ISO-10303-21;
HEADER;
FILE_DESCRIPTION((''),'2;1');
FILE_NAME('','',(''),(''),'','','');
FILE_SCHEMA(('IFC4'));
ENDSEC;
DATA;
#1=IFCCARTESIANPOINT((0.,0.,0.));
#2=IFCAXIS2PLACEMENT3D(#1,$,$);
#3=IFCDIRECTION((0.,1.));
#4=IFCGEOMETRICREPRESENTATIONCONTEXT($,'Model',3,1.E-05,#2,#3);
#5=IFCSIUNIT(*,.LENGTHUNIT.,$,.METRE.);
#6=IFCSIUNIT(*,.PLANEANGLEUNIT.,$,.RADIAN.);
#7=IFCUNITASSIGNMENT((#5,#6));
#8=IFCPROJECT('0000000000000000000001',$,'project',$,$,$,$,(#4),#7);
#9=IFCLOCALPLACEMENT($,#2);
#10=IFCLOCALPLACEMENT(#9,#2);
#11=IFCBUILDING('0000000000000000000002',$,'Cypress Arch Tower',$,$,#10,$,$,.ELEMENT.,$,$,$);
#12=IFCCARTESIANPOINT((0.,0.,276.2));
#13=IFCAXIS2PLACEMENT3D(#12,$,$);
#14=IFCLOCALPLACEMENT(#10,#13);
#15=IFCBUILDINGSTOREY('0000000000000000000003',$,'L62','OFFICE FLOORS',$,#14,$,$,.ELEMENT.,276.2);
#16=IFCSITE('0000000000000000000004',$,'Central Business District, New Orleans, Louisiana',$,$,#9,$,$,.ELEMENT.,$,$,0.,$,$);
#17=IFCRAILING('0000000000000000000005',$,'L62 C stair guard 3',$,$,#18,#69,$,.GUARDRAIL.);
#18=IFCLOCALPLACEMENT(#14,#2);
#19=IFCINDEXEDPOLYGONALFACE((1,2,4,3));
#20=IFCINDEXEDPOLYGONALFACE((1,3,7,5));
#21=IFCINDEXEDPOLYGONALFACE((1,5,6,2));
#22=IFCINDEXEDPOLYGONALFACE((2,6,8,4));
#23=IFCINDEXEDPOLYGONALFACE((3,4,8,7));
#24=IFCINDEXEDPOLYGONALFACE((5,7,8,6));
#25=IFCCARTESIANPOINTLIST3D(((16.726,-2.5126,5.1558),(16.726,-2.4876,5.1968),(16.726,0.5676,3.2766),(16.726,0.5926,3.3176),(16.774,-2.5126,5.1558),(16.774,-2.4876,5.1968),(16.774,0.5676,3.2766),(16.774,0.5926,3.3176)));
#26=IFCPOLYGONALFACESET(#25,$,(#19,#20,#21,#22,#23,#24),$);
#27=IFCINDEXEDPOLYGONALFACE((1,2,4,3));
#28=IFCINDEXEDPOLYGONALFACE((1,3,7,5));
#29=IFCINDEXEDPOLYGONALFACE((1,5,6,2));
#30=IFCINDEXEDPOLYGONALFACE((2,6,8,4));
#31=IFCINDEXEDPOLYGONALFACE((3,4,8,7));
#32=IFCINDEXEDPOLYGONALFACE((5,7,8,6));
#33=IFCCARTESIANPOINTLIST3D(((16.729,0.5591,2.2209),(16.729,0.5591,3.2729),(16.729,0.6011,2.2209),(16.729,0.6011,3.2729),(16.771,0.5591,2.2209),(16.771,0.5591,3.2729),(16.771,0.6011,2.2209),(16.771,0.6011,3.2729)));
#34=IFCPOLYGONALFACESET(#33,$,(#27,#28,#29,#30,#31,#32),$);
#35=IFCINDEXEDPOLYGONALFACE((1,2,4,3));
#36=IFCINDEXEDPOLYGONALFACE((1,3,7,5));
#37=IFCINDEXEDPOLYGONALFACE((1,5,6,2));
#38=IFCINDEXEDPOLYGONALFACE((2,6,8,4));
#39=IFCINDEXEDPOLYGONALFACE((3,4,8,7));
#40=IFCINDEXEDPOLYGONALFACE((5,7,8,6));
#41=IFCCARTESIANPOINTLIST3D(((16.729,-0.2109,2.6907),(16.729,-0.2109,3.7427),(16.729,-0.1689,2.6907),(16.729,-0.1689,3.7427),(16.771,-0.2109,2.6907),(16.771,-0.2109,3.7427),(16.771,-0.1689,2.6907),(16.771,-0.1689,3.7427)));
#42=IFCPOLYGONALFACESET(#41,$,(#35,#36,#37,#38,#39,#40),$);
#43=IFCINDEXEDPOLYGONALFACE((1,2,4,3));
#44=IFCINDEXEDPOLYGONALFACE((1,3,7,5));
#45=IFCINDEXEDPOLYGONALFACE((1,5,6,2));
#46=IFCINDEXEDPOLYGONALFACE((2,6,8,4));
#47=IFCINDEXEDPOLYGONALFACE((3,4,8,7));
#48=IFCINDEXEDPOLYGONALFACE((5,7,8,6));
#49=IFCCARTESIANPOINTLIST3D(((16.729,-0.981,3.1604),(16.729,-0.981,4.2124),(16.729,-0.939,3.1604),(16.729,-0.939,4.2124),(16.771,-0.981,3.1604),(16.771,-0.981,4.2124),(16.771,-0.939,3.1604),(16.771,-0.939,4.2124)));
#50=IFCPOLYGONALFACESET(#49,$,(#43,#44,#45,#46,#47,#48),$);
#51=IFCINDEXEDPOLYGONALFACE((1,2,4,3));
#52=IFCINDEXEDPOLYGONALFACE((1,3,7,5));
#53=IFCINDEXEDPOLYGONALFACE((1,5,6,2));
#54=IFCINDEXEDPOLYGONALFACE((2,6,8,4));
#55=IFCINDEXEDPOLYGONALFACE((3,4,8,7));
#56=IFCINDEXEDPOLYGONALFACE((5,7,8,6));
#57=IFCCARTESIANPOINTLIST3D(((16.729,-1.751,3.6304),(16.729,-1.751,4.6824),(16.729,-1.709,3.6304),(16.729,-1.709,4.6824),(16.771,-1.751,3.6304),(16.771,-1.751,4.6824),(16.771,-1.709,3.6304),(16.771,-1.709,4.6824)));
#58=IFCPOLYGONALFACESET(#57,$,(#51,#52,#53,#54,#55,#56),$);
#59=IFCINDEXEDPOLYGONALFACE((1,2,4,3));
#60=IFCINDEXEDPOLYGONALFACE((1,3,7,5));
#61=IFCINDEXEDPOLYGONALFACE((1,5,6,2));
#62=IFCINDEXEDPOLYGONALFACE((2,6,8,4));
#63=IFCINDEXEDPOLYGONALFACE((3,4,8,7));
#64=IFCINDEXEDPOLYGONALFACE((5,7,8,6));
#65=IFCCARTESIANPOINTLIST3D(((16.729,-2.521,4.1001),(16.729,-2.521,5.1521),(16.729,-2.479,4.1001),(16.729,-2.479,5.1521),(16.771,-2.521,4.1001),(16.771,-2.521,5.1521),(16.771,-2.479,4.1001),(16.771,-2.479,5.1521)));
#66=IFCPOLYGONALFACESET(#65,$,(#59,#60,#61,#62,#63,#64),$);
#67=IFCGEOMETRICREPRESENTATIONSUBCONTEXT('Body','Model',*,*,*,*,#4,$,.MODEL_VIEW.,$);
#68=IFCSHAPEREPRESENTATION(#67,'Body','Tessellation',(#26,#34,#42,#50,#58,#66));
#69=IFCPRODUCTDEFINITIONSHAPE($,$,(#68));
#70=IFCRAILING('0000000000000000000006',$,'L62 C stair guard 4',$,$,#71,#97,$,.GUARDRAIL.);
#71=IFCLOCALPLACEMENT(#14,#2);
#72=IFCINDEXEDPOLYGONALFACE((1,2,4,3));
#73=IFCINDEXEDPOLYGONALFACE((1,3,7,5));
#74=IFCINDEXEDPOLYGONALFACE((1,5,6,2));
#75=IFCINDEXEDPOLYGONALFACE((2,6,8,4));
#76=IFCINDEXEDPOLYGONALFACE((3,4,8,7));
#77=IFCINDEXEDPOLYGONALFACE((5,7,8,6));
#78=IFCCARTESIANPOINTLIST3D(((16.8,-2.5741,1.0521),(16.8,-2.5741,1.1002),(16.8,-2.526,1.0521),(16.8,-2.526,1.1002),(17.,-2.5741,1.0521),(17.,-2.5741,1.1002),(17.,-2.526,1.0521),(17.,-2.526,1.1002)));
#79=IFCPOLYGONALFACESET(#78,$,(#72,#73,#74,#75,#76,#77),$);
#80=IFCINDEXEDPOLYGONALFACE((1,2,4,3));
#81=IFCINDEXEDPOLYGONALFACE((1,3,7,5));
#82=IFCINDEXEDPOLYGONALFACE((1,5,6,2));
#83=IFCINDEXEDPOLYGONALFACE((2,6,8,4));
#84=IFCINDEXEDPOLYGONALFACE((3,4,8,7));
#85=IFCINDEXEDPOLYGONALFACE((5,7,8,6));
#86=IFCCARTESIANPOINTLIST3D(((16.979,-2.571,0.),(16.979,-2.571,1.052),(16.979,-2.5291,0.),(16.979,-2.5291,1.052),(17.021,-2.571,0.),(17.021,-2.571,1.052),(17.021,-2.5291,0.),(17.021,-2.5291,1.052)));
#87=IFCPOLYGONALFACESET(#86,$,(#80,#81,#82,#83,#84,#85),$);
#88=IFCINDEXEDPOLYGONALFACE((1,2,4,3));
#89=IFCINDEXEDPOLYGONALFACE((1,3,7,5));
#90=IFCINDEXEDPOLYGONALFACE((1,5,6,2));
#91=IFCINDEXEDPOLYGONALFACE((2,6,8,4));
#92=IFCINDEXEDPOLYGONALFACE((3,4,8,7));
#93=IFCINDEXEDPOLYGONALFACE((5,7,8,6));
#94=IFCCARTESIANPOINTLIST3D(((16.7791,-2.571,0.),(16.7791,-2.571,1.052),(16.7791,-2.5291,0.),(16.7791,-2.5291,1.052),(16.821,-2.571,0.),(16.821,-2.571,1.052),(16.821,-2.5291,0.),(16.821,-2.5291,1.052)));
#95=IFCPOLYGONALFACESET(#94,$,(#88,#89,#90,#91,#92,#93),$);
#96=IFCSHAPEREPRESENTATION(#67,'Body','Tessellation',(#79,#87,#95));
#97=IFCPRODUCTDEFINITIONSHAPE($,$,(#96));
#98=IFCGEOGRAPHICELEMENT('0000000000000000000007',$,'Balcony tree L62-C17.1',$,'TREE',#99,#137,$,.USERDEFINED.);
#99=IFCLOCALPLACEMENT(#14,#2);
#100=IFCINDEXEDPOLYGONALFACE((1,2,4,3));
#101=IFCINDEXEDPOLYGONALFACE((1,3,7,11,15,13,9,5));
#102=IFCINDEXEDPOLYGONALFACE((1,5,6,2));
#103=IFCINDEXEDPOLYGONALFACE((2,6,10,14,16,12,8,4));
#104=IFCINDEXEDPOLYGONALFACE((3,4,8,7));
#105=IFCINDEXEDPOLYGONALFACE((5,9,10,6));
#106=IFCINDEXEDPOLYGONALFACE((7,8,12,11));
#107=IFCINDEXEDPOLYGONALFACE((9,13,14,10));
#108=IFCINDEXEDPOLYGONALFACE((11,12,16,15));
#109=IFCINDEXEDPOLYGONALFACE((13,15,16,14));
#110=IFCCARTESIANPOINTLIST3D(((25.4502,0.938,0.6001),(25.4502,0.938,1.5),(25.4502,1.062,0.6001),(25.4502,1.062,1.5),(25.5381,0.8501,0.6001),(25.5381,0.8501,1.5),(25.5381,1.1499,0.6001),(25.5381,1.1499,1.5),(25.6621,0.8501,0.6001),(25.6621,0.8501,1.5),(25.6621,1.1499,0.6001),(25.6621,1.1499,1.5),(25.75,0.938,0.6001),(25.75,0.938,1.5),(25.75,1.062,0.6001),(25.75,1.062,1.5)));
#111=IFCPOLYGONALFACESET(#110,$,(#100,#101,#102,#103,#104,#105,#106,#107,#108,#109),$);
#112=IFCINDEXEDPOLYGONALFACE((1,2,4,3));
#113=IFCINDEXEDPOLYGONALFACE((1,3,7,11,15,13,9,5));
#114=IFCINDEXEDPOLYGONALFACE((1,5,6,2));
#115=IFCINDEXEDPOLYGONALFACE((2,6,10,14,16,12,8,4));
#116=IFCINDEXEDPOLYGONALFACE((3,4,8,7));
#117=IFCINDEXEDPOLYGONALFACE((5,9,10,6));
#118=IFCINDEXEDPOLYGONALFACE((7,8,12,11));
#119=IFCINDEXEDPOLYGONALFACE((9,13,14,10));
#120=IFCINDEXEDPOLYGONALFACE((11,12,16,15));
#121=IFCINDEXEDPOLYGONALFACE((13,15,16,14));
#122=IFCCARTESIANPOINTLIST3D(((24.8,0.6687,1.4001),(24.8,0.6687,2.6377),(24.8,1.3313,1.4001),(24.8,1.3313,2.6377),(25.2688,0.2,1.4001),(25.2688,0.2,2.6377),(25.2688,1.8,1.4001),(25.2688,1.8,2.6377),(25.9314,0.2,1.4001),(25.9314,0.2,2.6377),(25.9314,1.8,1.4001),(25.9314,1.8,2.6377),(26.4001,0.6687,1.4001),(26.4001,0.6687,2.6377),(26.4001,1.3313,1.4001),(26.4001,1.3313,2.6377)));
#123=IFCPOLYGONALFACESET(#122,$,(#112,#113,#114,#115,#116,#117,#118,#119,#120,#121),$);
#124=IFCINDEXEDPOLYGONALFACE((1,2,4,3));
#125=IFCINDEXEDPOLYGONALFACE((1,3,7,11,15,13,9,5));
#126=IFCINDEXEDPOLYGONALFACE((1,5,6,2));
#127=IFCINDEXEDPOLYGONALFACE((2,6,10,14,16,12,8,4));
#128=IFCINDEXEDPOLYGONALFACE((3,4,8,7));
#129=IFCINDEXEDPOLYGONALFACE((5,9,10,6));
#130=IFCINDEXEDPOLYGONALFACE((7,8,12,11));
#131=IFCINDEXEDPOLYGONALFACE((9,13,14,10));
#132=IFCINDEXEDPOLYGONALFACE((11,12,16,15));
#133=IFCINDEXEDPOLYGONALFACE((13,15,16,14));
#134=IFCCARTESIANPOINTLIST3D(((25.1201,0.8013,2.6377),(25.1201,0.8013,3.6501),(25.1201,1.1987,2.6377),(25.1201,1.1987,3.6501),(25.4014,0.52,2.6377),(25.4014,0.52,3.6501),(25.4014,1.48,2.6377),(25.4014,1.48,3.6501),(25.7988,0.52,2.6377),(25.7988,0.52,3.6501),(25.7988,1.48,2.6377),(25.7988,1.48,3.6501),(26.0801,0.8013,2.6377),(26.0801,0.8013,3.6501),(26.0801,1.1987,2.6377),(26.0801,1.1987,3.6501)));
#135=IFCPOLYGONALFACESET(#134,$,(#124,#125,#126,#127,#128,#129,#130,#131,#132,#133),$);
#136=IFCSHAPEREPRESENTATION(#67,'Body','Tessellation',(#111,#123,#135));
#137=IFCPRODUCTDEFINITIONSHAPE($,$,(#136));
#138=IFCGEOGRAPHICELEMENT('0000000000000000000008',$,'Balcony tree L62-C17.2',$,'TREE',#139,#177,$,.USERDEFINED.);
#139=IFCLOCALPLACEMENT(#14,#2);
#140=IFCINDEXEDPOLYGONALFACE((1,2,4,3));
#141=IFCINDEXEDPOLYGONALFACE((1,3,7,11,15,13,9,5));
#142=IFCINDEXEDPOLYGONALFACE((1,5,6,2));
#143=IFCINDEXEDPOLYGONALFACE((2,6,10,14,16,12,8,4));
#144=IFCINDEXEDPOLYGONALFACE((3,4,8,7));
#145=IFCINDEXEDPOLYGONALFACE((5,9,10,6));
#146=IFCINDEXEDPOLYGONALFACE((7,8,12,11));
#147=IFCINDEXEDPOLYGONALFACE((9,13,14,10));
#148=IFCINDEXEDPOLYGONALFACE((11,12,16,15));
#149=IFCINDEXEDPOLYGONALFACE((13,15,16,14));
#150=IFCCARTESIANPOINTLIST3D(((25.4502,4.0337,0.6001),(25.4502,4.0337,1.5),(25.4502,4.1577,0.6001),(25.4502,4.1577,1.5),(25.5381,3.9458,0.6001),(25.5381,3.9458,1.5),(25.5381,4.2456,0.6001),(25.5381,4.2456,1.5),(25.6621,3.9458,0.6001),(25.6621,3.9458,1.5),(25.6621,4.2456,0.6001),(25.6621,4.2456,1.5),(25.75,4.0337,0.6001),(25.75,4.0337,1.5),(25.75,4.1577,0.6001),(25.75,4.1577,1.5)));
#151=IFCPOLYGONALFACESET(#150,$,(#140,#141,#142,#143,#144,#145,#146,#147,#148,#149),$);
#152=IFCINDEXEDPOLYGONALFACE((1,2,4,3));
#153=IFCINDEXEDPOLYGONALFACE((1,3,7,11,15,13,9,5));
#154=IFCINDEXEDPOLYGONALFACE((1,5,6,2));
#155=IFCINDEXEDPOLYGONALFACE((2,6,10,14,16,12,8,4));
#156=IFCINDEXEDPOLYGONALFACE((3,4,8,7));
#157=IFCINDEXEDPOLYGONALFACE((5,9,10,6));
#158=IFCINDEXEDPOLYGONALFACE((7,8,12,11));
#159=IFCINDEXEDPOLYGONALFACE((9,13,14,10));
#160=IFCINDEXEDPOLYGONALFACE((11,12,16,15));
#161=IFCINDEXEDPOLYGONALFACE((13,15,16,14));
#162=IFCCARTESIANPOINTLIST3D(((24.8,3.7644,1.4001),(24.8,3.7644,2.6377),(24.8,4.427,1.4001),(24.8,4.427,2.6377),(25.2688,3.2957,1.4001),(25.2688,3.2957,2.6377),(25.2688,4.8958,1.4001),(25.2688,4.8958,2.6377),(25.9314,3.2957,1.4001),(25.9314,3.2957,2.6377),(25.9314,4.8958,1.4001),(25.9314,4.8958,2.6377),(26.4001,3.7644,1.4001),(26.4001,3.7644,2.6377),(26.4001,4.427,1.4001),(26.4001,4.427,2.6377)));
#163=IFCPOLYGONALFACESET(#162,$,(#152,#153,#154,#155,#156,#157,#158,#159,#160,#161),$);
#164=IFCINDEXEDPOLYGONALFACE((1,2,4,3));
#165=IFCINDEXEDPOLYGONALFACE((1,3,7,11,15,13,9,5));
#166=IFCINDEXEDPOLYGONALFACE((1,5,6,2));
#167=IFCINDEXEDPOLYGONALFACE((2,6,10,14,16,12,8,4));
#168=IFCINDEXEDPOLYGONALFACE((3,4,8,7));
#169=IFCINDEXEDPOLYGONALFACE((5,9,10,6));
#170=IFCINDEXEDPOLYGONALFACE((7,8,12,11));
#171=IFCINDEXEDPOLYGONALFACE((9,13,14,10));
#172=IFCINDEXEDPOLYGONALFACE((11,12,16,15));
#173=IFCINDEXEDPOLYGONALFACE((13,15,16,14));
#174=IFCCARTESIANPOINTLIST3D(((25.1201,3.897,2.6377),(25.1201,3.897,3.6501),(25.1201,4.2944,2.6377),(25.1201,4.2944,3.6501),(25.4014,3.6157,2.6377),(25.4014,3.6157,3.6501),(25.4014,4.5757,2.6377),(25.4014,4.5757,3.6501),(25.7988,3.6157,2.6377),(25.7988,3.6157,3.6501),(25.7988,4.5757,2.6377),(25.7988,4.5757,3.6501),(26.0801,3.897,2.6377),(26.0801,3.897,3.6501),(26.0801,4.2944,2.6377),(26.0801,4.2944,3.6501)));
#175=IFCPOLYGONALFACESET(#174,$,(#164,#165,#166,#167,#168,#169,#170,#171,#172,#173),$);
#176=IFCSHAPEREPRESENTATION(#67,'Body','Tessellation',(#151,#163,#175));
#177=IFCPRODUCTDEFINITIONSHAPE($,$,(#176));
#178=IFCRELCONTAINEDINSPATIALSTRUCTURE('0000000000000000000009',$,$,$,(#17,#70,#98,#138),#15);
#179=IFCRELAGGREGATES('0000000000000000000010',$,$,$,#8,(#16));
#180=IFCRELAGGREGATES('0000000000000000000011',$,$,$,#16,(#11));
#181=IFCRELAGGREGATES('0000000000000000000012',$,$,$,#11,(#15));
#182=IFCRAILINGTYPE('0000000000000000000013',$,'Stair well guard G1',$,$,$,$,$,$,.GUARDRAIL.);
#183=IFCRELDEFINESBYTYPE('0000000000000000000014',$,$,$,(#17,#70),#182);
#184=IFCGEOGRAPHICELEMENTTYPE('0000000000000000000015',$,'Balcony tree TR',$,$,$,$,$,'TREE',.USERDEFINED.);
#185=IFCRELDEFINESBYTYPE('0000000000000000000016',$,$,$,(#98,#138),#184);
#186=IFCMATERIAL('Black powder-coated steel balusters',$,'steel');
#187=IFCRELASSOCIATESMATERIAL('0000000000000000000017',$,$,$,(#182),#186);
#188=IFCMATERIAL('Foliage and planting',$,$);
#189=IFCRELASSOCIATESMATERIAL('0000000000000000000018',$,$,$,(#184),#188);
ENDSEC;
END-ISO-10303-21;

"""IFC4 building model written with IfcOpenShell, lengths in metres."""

from ifc_helpers import new_model, si_unit, direction, frame, origin, origin_2d, place, context, subcontext, project, spatial, polyline, rectangle, outline, extrude, material, type_object, element, save


model = new_model("IFC4")

# Units and contexts
model_context = context("Model", 3, precision=1e-05, world=origin(), true_north=direction((0.0, 1.0)))
body_context = subcontext(model_context, "Body", "Model", "MODEL_VIEW")
ifc_project = project(units=[si_unit("LENGTHUNIT", "METRE"), si_unit("PLANEANGLEUNIT", "RADIAN")], contexts=[model_context])

# Site, building, storey
site_placement = place(None, origin())
site = spatial("IfcSite", under=ifc_project, at=site_placement, Name="Central Business District, New Orleans, Louisiana", CompositionType="ELEMENT", RefElevation=0.0)
building_placement = place(site_placement, origin())
building = spatial("IfcBuilding", under=site, at=building_placement, Name="Cypress Arch Tower", CompositionType="ELEMENT")
storey_placement = place(building_placement, frame((0.0, 0.0, 276.2)))
storey = spatial("IfcBuildingStorey", under=building, at=storey_placement, Name="L62", Description="OFFICE FLOORS", CompositionType="ELEMENT", Elevation=276.2)

# Railings
ifc_material_1 = material(Name="Black powder-coated steel balusters", Category="steel")
railing_type_1 = type_object("IfcRailingType", Name="Stair well guard G1", PredefinedType="GUARDRAIL", material=ifc_material_1)
railing_1_placement = place(storey_placement, frame((16.75, 0.5801, 2.2209)))
element("IfcRailing", 1, at=railing_1_placement, inside=storey, type_object=railing_type_1, Name="L62 C stair guard 3", PredefinedType="GUARDRAIL", context=body_context, shape_type="SweptSolid", body=[
    extrude(rectangle(XDim=0.0481, YDim=0.0481, at=origin_2d()), frame((0.0, 0.0, 1.0762), z_axis=(0.0, -0.853666, 0.52082), x_axis=(1.0, 0.0, 0.0)), (0.0, 0.0, 1.0), 3.6082),
    extrude(rectangle(XDim=0.042, YDim=0.042, at=origin_2d()), origin(), (0.0, 0.0, 1.0), 1.052),
    extrude(rectangle(XDim=0.042, YDim=0.042, at=origin_2d()), frame((0.0, -0.77, 0.4697)), (0.0, 0.0, 1.0), 1.052),
    extrude(rectangle(XDim=0.042, YDim=0.042, at=origin_2d()), frame((0.0, -1.54, 0.9395)), (0.0, 0.0, 1.0), 1.052),
    extrude(rectangle(XDim=0.042, YDim=0.042, at=origin_2d()), frame((0.0, -2.3101, 1.4094)), (0.0, 0.0, 1.0), 1.052),
    extrude(rectangle(XDim=0.042, YDim=0.042, at=origin_2d()), frame((0.0, -3.0801, 1.8792)), (0.0, 0.0, 1.0), 1.052),
])
railing_2_placement = place(storey_placement, frame((17.0, -2.55, 0.0)))
element("IfcRailing", 2, at=railing_2_placement, inside=storey, type_object=railing_type_1, Name="L62 C stair guard 4", PredefinedType="GUARDRAIL", context=body_context, shape_type="SweptSolid", body=[
    extrude(rectangle(XDim=0.0481, YDim=0.0481, at=origin_2d()), frame((0.0, 0.0, 1.0762), z_axis=(-1.0, 0.0, 0.0), x_axis=(0.0, -1.0, 0.0)), (0.0, 0.0, 1.0), 0.2),
    extrude(rectangle(XDim=0.042, YDim=0.042, at=origin_2d()), origin(), (0.0, 0.0, 1.0), 1.052),
    extrude(rectangle(XDim=0.042, YDim=0.042, at=origin_2d()), frame((-0.2, 0.0, 0.0)), (0.0, 0.0, 1.0), 1.052),
])

# Geographic elements
ifc_material_2 = material(Name="Foliage and planting")
geographic_element_type = type_object("IfcGeographicElementType", Name="Balcony tree TR", ElementType="TREE", PredefinedType="USERDEFINED", material=ifc_material_2)
for number, where, z_axis, x_axis, name in (
    (3, (25.6001, 1.0, 0.6001), (0.0, 0.0, 1.0), (1.0, 0.0, 0.0), "Balcony tree L62-C17.1"),
    (4, (25.6001, 4.0957, 0.6001), (0.0, 0.0, 1.0), (1.0, 0.0, 0.0), "Balcony tree L62-C17.2"),
):
    element("IfcGeographicElement", number, at=place(storey_placement, frame(where, z_axis=z_axis, x_axis=x_axis)), inside=storey, type_object=geographic_element_type, Name=name, ObjectType="TREE", PredefinedType="USERDEFINED", context=body_context, shape_type="SweptSolid", body=[
        extrude(outline(polyline([(0.1499, 0.062), (0.062, 0.1499), (-0.062, 0.1499), (-0.1499, 0.062), (-0.1499, -0.062), (-0.062, -0.1499), (0.062, -0.1499), (0.1499, -0.062), (0.1499, 0.062)])), origin(), (0.0, 0.0, 1.0), 0.8999),
        extrude(outline(polyline([(0.8, 0.3313), (0.3313, 0.8), (-0.3313, 0.8), (-0.8, 0.3313), (-0.8, -0.3313), (-0.3313, -0.8), (0.3313, -0.8), (0.8, -0.3313), (0.8, 0.3313)])), frame((0.0, 0.0, 0.8)), (0.0, 0.0, 1.0), 1.2375),
        extrude(outline(polyline([(0.48, 0.1987), (0.1987, 0.48), (-0.1987, 0.48), (-0.48, 0.1987), (-0.48, -0.1987), (-0.1987, -0.48), (0.1987, -0.48), (0.48, -0.1987), (0.48, 0.1987)])), frame((0.0, 0.0, 2.0376)), (0.0, 0.0, 1.0), 1.0125),
    ])

save(model, "model.ifc")
